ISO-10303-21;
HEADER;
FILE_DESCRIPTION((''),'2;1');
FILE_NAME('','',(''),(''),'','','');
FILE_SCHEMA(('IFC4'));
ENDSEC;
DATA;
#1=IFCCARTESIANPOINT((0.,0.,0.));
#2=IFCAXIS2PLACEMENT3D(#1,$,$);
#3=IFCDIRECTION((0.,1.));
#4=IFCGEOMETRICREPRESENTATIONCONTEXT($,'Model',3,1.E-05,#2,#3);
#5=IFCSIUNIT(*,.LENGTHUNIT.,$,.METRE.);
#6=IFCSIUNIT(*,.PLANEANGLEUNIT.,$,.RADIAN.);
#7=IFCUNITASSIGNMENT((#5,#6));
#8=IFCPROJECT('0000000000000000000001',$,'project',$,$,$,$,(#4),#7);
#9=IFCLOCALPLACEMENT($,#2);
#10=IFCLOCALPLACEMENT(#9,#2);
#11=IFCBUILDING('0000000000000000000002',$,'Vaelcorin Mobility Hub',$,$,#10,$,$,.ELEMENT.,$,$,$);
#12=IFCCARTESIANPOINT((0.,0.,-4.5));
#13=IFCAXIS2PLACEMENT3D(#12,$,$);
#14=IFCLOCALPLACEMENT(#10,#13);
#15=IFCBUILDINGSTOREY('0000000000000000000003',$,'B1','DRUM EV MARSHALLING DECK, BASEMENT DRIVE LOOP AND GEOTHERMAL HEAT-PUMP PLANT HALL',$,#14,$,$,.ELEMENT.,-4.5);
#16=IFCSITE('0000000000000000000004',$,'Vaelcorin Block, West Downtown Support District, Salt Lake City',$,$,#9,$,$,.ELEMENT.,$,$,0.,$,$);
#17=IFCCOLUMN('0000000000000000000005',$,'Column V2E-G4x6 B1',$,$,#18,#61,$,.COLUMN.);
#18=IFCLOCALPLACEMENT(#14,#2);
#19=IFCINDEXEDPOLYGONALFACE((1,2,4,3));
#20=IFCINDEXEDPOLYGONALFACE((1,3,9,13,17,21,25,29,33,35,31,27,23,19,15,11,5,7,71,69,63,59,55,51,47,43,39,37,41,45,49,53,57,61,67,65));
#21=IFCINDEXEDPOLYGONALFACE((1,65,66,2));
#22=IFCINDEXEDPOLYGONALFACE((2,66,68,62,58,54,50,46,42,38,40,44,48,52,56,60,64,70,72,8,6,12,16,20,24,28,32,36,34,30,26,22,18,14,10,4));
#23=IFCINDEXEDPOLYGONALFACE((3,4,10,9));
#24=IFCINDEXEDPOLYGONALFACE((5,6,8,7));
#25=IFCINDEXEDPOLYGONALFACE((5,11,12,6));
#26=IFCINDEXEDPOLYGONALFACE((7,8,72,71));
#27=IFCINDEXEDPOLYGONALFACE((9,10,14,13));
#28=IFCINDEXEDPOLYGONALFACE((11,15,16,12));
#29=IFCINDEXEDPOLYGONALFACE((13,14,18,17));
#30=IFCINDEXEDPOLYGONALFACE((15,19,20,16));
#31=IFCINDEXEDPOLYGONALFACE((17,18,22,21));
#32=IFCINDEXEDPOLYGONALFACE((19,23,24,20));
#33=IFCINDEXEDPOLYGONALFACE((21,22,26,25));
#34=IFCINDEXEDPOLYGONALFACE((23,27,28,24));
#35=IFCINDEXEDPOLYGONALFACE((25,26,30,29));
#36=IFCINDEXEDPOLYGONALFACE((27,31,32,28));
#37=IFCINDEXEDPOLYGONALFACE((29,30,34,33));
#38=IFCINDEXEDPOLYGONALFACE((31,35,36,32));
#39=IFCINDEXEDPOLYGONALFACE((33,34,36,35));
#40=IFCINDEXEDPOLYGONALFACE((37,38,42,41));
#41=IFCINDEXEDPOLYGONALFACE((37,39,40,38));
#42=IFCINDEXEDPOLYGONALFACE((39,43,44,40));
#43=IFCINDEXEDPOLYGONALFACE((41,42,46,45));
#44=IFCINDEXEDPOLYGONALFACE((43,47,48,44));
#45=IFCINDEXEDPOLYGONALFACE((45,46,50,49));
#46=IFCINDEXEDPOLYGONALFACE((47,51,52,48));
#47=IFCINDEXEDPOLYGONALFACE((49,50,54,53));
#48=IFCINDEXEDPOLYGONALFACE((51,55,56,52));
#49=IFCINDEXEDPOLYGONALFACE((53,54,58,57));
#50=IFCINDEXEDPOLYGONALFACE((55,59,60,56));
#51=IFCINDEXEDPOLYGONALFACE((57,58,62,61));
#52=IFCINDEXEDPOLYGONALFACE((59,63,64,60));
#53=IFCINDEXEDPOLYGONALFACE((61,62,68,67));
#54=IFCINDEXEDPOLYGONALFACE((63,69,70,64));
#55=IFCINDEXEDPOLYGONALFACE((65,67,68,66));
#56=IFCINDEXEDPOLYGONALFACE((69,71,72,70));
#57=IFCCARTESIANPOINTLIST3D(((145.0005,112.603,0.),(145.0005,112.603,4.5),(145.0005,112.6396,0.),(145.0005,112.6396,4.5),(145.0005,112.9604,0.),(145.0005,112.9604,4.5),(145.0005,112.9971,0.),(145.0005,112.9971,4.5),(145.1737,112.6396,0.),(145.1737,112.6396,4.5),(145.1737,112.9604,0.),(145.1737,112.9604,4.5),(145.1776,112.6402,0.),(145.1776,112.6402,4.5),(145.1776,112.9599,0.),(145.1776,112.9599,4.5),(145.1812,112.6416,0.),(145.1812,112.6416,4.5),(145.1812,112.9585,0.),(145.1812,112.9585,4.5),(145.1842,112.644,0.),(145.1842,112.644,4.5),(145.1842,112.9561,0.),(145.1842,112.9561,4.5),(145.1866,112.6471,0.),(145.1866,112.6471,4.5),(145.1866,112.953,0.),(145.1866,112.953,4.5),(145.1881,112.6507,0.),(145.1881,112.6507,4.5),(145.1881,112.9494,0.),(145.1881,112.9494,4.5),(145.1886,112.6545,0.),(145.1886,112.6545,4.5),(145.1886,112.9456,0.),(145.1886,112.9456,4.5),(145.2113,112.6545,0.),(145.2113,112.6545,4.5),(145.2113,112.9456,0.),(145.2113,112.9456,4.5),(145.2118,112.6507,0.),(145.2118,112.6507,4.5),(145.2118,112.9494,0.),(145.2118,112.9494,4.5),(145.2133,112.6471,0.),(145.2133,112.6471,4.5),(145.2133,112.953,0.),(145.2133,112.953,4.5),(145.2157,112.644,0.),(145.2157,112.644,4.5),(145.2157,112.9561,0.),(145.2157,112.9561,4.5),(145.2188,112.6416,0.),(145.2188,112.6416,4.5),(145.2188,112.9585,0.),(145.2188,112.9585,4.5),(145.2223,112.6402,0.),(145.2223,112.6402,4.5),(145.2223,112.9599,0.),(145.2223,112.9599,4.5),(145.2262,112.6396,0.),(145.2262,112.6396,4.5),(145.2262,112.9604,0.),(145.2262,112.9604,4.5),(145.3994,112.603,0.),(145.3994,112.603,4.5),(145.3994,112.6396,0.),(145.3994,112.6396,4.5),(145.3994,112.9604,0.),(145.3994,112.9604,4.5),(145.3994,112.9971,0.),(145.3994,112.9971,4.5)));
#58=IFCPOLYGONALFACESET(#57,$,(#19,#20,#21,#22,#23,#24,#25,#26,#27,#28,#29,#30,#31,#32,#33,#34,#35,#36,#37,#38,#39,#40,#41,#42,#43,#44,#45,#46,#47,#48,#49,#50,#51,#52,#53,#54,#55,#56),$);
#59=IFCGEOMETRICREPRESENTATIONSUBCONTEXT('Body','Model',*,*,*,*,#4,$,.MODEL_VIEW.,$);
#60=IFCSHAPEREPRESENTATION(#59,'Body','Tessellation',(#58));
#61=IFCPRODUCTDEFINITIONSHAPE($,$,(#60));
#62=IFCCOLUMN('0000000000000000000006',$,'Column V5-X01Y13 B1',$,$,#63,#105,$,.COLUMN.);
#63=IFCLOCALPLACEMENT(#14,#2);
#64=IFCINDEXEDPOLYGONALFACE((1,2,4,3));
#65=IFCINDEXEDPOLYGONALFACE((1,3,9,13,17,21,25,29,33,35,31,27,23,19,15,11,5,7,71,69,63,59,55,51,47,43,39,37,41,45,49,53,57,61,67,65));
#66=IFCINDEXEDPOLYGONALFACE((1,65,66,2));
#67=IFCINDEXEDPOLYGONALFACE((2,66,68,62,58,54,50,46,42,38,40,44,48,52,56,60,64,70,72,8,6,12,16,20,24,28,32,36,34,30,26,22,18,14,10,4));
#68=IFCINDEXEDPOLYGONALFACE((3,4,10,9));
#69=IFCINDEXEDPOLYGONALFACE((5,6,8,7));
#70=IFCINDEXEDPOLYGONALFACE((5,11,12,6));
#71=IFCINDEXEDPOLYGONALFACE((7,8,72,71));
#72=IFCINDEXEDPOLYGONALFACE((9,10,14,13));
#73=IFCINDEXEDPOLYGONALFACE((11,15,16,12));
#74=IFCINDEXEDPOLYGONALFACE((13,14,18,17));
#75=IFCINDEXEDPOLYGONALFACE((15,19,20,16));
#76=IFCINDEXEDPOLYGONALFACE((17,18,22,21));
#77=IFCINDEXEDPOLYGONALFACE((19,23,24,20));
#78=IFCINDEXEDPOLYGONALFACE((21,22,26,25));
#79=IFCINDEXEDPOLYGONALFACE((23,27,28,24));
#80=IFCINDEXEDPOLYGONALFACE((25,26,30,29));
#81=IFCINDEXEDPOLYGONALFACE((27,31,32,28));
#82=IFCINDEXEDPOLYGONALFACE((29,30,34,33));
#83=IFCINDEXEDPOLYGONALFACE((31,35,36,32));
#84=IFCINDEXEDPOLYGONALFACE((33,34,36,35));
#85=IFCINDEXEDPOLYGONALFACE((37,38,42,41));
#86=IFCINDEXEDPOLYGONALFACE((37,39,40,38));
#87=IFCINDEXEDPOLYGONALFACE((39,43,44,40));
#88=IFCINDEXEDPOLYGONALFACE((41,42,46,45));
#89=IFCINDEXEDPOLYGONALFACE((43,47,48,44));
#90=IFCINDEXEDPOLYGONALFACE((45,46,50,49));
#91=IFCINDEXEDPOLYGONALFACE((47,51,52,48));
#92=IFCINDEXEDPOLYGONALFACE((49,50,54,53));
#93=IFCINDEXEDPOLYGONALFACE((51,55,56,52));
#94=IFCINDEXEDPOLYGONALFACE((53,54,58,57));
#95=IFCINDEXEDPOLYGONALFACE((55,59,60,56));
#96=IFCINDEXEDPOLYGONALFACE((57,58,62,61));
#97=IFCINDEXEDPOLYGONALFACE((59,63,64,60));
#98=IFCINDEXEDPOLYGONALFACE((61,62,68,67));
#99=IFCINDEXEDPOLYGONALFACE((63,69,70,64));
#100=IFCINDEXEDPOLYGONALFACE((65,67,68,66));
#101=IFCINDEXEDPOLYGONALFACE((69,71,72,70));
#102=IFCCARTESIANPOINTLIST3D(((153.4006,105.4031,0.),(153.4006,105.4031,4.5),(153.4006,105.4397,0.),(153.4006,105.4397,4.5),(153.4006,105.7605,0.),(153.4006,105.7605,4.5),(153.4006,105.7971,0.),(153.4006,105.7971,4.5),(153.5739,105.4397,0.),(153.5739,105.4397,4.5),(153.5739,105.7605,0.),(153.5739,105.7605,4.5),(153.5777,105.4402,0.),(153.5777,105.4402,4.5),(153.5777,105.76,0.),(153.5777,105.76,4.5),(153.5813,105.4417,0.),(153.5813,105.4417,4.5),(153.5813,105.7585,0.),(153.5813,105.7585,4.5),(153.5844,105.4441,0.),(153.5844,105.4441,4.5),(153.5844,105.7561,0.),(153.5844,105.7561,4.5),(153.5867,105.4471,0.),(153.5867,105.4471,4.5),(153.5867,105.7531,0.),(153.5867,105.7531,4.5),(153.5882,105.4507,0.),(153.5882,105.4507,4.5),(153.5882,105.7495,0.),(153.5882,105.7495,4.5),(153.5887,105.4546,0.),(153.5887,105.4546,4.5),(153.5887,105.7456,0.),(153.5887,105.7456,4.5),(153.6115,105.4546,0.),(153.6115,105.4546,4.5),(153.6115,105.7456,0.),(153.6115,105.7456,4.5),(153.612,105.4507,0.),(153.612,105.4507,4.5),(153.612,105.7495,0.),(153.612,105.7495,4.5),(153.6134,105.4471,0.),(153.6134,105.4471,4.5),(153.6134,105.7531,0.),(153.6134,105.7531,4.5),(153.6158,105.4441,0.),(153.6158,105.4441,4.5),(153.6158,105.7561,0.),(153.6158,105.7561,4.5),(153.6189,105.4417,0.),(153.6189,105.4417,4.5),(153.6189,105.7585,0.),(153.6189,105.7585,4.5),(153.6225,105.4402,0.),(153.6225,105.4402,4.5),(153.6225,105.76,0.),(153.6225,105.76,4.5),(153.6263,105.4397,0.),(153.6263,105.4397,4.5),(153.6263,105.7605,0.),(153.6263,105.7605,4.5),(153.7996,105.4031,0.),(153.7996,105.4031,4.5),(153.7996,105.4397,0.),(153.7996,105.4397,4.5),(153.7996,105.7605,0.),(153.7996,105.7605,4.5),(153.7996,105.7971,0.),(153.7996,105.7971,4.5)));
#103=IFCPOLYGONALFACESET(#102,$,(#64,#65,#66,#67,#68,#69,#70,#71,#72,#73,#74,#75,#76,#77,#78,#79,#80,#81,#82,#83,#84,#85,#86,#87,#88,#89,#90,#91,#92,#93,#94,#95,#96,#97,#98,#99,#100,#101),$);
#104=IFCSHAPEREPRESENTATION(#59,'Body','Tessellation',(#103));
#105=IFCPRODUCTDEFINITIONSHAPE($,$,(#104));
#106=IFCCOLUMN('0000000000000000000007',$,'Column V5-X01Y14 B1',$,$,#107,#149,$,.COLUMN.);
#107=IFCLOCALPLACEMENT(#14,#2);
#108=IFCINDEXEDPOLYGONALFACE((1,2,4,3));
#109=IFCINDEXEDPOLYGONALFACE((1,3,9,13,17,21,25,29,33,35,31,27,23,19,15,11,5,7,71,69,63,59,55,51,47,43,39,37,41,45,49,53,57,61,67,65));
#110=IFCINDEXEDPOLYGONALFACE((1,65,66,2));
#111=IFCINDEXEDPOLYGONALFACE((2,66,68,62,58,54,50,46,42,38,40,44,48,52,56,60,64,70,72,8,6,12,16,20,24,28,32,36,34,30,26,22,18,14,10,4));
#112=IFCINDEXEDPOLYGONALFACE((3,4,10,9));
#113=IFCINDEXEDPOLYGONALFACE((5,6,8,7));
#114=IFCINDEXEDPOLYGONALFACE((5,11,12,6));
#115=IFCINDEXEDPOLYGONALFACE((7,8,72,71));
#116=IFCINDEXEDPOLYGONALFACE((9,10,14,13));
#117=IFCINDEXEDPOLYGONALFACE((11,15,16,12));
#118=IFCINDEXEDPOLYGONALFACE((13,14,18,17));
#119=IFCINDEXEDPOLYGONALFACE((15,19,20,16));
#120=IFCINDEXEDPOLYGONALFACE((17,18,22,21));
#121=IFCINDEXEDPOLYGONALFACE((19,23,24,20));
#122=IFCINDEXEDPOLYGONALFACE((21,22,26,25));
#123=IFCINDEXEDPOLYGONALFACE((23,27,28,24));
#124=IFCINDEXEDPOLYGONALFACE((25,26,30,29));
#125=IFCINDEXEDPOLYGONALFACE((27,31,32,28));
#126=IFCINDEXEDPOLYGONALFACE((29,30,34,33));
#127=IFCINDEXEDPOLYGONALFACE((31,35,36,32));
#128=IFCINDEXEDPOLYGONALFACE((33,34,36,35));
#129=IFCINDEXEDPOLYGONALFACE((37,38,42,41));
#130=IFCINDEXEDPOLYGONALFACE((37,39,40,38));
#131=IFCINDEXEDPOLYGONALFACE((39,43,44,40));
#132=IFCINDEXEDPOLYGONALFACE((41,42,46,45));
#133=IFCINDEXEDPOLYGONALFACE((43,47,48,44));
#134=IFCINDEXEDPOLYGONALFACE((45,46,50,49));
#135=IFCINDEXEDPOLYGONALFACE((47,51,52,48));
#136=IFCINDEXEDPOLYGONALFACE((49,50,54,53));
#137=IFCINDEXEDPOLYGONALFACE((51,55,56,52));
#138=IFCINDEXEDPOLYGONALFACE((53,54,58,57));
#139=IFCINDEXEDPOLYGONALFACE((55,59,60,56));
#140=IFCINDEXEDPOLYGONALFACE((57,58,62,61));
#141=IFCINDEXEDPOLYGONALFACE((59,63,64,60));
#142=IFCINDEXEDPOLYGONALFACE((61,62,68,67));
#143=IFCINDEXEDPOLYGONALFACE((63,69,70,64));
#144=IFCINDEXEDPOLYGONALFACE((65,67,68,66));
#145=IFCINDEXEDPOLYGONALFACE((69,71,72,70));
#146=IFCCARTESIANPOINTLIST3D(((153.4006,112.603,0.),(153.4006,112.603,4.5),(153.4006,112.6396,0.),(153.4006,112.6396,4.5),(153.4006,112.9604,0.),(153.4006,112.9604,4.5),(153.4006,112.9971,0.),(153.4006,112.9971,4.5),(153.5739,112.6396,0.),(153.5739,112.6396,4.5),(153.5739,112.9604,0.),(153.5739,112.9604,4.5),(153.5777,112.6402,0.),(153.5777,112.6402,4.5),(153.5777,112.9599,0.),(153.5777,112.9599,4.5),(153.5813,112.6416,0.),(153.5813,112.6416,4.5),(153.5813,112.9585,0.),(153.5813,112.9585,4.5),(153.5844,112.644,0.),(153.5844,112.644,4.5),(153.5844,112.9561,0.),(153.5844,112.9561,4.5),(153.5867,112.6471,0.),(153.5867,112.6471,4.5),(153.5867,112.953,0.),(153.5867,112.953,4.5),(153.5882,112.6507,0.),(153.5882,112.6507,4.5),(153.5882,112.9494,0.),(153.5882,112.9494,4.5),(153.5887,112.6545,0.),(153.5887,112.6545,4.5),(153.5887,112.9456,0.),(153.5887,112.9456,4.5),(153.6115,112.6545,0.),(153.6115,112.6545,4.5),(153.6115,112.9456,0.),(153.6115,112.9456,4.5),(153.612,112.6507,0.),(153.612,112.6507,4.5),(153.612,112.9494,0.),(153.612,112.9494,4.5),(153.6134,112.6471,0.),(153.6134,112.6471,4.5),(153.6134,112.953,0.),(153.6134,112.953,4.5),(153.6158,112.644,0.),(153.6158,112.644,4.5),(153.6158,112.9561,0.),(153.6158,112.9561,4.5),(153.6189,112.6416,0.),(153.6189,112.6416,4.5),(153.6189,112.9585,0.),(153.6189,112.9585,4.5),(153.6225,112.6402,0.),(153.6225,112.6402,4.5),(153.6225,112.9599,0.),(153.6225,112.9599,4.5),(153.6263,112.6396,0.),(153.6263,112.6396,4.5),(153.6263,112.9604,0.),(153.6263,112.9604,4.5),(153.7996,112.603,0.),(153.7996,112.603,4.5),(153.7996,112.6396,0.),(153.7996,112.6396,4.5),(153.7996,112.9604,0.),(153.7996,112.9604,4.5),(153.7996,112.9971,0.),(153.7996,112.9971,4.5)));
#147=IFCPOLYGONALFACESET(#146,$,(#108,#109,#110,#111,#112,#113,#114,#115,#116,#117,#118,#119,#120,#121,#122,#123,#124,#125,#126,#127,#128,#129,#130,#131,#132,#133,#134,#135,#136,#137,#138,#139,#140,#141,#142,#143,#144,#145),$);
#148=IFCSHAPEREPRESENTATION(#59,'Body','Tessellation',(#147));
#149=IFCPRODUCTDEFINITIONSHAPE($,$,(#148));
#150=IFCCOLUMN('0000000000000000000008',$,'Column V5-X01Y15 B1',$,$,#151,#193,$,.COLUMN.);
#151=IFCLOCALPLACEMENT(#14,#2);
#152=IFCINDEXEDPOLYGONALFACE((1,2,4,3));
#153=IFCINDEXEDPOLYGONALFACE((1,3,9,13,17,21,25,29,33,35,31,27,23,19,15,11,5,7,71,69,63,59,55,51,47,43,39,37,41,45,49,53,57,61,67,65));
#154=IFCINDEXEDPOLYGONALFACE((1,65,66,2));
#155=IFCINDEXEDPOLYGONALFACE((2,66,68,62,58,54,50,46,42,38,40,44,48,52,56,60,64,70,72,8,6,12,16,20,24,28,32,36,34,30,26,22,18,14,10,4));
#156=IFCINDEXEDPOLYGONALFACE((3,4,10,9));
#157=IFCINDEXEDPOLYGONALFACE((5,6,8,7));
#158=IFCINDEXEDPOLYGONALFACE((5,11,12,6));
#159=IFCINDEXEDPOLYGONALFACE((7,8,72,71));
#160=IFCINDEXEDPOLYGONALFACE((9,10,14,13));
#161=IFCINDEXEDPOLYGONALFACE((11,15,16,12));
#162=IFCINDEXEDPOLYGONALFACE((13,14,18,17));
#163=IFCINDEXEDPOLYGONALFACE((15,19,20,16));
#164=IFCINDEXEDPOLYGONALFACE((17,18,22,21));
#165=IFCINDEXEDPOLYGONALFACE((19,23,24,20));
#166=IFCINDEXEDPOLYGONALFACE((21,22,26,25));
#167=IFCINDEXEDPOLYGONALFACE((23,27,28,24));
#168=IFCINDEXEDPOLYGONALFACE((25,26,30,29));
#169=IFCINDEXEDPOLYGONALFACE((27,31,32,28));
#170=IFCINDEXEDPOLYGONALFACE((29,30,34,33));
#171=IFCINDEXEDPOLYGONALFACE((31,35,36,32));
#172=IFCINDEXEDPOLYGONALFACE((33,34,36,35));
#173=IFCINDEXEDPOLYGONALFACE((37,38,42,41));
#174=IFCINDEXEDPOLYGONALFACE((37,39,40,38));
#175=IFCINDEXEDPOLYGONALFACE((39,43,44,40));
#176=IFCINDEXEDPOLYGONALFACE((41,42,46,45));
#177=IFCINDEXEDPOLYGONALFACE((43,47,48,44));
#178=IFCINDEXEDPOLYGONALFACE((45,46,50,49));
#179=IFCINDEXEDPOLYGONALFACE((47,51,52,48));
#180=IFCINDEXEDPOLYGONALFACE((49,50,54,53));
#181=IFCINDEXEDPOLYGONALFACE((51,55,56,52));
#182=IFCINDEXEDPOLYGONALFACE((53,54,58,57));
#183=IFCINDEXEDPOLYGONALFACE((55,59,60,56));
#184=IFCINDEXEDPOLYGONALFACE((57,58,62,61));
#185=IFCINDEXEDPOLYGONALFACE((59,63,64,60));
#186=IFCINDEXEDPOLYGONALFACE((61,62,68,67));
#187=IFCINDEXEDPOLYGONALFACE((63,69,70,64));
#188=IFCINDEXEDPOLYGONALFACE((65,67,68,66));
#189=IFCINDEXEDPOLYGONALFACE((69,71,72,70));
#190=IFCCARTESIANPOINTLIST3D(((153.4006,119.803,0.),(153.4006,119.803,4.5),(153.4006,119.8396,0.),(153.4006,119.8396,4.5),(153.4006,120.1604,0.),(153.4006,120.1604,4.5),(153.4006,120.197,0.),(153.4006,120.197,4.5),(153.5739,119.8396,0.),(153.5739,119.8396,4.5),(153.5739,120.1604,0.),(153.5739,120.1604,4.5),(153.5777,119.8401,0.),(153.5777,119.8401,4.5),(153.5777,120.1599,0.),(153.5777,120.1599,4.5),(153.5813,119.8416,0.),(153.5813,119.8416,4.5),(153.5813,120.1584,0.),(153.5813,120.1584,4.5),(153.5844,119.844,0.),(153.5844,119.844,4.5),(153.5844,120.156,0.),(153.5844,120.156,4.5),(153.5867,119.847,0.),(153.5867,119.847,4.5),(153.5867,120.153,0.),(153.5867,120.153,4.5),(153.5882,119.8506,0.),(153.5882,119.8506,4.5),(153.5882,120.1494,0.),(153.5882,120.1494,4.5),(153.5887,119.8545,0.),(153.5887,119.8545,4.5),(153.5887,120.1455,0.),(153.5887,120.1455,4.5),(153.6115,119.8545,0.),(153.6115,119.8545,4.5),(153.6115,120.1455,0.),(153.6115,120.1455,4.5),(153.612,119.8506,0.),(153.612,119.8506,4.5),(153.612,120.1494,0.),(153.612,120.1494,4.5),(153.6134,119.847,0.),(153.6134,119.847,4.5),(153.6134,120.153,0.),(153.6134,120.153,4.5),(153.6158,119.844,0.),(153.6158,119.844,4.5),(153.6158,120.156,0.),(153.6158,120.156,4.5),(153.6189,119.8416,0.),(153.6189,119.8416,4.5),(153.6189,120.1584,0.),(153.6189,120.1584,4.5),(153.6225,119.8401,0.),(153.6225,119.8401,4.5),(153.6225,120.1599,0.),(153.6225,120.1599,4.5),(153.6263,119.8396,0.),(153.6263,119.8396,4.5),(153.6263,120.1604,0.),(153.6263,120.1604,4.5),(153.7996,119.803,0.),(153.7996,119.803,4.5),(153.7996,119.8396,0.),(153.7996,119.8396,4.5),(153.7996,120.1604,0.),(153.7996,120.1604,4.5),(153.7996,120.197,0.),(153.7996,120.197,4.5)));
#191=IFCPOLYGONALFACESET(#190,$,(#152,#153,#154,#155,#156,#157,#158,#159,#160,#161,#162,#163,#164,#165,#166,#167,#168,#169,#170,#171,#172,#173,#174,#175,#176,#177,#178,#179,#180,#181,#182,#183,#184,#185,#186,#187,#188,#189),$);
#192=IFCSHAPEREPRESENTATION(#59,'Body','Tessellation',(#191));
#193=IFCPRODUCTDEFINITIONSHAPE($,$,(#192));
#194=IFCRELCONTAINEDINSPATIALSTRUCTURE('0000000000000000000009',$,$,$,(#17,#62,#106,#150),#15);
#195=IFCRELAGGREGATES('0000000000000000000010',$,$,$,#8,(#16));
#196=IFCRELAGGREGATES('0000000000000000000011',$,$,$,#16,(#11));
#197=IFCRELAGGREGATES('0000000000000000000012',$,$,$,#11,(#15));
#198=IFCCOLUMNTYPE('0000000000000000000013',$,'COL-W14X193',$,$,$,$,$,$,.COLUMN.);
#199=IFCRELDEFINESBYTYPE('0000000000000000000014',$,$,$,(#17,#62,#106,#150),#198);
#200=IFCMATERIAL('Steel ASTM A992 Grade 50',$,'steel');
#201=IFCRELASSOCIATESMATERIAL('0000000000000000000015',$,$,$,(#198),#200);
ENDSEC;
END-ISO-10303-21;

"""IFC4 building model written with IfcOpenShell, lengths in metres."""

from ifc_helpers import new_model, si_unit, direction, frame, origin, origin_2d, place, context, subcontext, project, spatial, i_section, extrude, material, material_profile, profile_set, type_object, element, save


model = new_model("IFC4")

# Units and contexts
model_context = context("Model", 3, precision=1e-05, world=origin(), true_north=direction((0.0, 1.0)))
body_context = subcontext(model_context, "Body", "Model", "MODEL_VIEW")
ifc_project = project(units=[si_unit("LENGTHUNIT", "METRE"), si_unit("PLANEANGLEUNIT", "RADIAN")], contexts=[model_context])

# Site, building, storey
site_placement = place(None, origin())
site = spatial("IfcSite", under=ifc_project, at=site_placement, Name="Vaelcorin Block, West Downtown Support District, Salt Lake City", CompositionType="ELEMENT", RefElevation=0.0)
building_placement = place(site_placement, origin())
building = spatial("IfcBuilding", under=site, at=building_placement, Name="Vaelcorin Mobility Hub", CompositionType="ELEMENT")
storey_placement = place(building_placement, frame((0.0, 0.0, -4.5)))
storey = spatial("IfcBuildingStorey", under=building, at=storey_placement, Name="B1", Description="DRUM EV MARSHALLING DECK, BASEMENT DRIVE LOOP AND GEOTHERMAL HEAT-PUMP PLANT HALL", CompositionType="ELEMENT", Elevation=-4.5)

# Columns
ifc_material_1 = material(Name="Steel ASTM A992 Grade 50", Category="steel")
ifc_material_profile_1 = material_profile(ifc_material_1, i_section(OverallWidth=0.3989, OverallDepth=0.394, WebThickness=0.0227, FlangeThickness=0.0366, FilletRadius=0.0149, at=origin_2d()), Name="W14X193")
ifc_profile_set_1 = profile_set([ifc_material_profile_1], Name="Steel ASTM A992 Grade 50")
column_type = type_object("IfcColumnType", Name="COL-W14X193", PredefinedType="COLUMN", material=ifc_profile_set_1)
for number, where, z_axis, x_axis, name in (
    (1, (145.2, 112.8, 0.0), (0.0, 0.0, 1.0), (1.0, 0.0, 0.0), "Column V2E-G4x6 B1"),
    (2, (153.6001, 105.6001, 0.0), (0.0, 0.0, 1.0), (1.0, 0.0, 0.0), "Column V5-X01Y13 B1"),
    (3, (153.6001, 112.8, 0.0), (0.0, 0.0, 1.0), (1.0, 0.0, 0.0), "Column V5-X01Y14 B1"),
    (4, (153.6001, 120.0, 0.0), (0.0, 0.0, 1.0), (1.0, 0.0, 0.0), "Column V5-X01Y15 B1"),
):
    element("IfcColumn", number, at=place(storey_placement, frame(where, z_axis=z_axis, x_axis=x_axis)), inside=storey, type_object=column_type, Name=name, PredefinedType="COLUMN", context=body_context, shape_type="SweptSolid", body=[
        extrude(i_section(OverallWidth=0.3989, OverallDepth=0.394, WebThickness=0.0227, FlangeThickness=0.0366, FilletRadius=0.0149, at=origin_2d()), origin(), (0.0, 0.0, 1.0), 4.5),
    ])

save(model, "model.ifc")
